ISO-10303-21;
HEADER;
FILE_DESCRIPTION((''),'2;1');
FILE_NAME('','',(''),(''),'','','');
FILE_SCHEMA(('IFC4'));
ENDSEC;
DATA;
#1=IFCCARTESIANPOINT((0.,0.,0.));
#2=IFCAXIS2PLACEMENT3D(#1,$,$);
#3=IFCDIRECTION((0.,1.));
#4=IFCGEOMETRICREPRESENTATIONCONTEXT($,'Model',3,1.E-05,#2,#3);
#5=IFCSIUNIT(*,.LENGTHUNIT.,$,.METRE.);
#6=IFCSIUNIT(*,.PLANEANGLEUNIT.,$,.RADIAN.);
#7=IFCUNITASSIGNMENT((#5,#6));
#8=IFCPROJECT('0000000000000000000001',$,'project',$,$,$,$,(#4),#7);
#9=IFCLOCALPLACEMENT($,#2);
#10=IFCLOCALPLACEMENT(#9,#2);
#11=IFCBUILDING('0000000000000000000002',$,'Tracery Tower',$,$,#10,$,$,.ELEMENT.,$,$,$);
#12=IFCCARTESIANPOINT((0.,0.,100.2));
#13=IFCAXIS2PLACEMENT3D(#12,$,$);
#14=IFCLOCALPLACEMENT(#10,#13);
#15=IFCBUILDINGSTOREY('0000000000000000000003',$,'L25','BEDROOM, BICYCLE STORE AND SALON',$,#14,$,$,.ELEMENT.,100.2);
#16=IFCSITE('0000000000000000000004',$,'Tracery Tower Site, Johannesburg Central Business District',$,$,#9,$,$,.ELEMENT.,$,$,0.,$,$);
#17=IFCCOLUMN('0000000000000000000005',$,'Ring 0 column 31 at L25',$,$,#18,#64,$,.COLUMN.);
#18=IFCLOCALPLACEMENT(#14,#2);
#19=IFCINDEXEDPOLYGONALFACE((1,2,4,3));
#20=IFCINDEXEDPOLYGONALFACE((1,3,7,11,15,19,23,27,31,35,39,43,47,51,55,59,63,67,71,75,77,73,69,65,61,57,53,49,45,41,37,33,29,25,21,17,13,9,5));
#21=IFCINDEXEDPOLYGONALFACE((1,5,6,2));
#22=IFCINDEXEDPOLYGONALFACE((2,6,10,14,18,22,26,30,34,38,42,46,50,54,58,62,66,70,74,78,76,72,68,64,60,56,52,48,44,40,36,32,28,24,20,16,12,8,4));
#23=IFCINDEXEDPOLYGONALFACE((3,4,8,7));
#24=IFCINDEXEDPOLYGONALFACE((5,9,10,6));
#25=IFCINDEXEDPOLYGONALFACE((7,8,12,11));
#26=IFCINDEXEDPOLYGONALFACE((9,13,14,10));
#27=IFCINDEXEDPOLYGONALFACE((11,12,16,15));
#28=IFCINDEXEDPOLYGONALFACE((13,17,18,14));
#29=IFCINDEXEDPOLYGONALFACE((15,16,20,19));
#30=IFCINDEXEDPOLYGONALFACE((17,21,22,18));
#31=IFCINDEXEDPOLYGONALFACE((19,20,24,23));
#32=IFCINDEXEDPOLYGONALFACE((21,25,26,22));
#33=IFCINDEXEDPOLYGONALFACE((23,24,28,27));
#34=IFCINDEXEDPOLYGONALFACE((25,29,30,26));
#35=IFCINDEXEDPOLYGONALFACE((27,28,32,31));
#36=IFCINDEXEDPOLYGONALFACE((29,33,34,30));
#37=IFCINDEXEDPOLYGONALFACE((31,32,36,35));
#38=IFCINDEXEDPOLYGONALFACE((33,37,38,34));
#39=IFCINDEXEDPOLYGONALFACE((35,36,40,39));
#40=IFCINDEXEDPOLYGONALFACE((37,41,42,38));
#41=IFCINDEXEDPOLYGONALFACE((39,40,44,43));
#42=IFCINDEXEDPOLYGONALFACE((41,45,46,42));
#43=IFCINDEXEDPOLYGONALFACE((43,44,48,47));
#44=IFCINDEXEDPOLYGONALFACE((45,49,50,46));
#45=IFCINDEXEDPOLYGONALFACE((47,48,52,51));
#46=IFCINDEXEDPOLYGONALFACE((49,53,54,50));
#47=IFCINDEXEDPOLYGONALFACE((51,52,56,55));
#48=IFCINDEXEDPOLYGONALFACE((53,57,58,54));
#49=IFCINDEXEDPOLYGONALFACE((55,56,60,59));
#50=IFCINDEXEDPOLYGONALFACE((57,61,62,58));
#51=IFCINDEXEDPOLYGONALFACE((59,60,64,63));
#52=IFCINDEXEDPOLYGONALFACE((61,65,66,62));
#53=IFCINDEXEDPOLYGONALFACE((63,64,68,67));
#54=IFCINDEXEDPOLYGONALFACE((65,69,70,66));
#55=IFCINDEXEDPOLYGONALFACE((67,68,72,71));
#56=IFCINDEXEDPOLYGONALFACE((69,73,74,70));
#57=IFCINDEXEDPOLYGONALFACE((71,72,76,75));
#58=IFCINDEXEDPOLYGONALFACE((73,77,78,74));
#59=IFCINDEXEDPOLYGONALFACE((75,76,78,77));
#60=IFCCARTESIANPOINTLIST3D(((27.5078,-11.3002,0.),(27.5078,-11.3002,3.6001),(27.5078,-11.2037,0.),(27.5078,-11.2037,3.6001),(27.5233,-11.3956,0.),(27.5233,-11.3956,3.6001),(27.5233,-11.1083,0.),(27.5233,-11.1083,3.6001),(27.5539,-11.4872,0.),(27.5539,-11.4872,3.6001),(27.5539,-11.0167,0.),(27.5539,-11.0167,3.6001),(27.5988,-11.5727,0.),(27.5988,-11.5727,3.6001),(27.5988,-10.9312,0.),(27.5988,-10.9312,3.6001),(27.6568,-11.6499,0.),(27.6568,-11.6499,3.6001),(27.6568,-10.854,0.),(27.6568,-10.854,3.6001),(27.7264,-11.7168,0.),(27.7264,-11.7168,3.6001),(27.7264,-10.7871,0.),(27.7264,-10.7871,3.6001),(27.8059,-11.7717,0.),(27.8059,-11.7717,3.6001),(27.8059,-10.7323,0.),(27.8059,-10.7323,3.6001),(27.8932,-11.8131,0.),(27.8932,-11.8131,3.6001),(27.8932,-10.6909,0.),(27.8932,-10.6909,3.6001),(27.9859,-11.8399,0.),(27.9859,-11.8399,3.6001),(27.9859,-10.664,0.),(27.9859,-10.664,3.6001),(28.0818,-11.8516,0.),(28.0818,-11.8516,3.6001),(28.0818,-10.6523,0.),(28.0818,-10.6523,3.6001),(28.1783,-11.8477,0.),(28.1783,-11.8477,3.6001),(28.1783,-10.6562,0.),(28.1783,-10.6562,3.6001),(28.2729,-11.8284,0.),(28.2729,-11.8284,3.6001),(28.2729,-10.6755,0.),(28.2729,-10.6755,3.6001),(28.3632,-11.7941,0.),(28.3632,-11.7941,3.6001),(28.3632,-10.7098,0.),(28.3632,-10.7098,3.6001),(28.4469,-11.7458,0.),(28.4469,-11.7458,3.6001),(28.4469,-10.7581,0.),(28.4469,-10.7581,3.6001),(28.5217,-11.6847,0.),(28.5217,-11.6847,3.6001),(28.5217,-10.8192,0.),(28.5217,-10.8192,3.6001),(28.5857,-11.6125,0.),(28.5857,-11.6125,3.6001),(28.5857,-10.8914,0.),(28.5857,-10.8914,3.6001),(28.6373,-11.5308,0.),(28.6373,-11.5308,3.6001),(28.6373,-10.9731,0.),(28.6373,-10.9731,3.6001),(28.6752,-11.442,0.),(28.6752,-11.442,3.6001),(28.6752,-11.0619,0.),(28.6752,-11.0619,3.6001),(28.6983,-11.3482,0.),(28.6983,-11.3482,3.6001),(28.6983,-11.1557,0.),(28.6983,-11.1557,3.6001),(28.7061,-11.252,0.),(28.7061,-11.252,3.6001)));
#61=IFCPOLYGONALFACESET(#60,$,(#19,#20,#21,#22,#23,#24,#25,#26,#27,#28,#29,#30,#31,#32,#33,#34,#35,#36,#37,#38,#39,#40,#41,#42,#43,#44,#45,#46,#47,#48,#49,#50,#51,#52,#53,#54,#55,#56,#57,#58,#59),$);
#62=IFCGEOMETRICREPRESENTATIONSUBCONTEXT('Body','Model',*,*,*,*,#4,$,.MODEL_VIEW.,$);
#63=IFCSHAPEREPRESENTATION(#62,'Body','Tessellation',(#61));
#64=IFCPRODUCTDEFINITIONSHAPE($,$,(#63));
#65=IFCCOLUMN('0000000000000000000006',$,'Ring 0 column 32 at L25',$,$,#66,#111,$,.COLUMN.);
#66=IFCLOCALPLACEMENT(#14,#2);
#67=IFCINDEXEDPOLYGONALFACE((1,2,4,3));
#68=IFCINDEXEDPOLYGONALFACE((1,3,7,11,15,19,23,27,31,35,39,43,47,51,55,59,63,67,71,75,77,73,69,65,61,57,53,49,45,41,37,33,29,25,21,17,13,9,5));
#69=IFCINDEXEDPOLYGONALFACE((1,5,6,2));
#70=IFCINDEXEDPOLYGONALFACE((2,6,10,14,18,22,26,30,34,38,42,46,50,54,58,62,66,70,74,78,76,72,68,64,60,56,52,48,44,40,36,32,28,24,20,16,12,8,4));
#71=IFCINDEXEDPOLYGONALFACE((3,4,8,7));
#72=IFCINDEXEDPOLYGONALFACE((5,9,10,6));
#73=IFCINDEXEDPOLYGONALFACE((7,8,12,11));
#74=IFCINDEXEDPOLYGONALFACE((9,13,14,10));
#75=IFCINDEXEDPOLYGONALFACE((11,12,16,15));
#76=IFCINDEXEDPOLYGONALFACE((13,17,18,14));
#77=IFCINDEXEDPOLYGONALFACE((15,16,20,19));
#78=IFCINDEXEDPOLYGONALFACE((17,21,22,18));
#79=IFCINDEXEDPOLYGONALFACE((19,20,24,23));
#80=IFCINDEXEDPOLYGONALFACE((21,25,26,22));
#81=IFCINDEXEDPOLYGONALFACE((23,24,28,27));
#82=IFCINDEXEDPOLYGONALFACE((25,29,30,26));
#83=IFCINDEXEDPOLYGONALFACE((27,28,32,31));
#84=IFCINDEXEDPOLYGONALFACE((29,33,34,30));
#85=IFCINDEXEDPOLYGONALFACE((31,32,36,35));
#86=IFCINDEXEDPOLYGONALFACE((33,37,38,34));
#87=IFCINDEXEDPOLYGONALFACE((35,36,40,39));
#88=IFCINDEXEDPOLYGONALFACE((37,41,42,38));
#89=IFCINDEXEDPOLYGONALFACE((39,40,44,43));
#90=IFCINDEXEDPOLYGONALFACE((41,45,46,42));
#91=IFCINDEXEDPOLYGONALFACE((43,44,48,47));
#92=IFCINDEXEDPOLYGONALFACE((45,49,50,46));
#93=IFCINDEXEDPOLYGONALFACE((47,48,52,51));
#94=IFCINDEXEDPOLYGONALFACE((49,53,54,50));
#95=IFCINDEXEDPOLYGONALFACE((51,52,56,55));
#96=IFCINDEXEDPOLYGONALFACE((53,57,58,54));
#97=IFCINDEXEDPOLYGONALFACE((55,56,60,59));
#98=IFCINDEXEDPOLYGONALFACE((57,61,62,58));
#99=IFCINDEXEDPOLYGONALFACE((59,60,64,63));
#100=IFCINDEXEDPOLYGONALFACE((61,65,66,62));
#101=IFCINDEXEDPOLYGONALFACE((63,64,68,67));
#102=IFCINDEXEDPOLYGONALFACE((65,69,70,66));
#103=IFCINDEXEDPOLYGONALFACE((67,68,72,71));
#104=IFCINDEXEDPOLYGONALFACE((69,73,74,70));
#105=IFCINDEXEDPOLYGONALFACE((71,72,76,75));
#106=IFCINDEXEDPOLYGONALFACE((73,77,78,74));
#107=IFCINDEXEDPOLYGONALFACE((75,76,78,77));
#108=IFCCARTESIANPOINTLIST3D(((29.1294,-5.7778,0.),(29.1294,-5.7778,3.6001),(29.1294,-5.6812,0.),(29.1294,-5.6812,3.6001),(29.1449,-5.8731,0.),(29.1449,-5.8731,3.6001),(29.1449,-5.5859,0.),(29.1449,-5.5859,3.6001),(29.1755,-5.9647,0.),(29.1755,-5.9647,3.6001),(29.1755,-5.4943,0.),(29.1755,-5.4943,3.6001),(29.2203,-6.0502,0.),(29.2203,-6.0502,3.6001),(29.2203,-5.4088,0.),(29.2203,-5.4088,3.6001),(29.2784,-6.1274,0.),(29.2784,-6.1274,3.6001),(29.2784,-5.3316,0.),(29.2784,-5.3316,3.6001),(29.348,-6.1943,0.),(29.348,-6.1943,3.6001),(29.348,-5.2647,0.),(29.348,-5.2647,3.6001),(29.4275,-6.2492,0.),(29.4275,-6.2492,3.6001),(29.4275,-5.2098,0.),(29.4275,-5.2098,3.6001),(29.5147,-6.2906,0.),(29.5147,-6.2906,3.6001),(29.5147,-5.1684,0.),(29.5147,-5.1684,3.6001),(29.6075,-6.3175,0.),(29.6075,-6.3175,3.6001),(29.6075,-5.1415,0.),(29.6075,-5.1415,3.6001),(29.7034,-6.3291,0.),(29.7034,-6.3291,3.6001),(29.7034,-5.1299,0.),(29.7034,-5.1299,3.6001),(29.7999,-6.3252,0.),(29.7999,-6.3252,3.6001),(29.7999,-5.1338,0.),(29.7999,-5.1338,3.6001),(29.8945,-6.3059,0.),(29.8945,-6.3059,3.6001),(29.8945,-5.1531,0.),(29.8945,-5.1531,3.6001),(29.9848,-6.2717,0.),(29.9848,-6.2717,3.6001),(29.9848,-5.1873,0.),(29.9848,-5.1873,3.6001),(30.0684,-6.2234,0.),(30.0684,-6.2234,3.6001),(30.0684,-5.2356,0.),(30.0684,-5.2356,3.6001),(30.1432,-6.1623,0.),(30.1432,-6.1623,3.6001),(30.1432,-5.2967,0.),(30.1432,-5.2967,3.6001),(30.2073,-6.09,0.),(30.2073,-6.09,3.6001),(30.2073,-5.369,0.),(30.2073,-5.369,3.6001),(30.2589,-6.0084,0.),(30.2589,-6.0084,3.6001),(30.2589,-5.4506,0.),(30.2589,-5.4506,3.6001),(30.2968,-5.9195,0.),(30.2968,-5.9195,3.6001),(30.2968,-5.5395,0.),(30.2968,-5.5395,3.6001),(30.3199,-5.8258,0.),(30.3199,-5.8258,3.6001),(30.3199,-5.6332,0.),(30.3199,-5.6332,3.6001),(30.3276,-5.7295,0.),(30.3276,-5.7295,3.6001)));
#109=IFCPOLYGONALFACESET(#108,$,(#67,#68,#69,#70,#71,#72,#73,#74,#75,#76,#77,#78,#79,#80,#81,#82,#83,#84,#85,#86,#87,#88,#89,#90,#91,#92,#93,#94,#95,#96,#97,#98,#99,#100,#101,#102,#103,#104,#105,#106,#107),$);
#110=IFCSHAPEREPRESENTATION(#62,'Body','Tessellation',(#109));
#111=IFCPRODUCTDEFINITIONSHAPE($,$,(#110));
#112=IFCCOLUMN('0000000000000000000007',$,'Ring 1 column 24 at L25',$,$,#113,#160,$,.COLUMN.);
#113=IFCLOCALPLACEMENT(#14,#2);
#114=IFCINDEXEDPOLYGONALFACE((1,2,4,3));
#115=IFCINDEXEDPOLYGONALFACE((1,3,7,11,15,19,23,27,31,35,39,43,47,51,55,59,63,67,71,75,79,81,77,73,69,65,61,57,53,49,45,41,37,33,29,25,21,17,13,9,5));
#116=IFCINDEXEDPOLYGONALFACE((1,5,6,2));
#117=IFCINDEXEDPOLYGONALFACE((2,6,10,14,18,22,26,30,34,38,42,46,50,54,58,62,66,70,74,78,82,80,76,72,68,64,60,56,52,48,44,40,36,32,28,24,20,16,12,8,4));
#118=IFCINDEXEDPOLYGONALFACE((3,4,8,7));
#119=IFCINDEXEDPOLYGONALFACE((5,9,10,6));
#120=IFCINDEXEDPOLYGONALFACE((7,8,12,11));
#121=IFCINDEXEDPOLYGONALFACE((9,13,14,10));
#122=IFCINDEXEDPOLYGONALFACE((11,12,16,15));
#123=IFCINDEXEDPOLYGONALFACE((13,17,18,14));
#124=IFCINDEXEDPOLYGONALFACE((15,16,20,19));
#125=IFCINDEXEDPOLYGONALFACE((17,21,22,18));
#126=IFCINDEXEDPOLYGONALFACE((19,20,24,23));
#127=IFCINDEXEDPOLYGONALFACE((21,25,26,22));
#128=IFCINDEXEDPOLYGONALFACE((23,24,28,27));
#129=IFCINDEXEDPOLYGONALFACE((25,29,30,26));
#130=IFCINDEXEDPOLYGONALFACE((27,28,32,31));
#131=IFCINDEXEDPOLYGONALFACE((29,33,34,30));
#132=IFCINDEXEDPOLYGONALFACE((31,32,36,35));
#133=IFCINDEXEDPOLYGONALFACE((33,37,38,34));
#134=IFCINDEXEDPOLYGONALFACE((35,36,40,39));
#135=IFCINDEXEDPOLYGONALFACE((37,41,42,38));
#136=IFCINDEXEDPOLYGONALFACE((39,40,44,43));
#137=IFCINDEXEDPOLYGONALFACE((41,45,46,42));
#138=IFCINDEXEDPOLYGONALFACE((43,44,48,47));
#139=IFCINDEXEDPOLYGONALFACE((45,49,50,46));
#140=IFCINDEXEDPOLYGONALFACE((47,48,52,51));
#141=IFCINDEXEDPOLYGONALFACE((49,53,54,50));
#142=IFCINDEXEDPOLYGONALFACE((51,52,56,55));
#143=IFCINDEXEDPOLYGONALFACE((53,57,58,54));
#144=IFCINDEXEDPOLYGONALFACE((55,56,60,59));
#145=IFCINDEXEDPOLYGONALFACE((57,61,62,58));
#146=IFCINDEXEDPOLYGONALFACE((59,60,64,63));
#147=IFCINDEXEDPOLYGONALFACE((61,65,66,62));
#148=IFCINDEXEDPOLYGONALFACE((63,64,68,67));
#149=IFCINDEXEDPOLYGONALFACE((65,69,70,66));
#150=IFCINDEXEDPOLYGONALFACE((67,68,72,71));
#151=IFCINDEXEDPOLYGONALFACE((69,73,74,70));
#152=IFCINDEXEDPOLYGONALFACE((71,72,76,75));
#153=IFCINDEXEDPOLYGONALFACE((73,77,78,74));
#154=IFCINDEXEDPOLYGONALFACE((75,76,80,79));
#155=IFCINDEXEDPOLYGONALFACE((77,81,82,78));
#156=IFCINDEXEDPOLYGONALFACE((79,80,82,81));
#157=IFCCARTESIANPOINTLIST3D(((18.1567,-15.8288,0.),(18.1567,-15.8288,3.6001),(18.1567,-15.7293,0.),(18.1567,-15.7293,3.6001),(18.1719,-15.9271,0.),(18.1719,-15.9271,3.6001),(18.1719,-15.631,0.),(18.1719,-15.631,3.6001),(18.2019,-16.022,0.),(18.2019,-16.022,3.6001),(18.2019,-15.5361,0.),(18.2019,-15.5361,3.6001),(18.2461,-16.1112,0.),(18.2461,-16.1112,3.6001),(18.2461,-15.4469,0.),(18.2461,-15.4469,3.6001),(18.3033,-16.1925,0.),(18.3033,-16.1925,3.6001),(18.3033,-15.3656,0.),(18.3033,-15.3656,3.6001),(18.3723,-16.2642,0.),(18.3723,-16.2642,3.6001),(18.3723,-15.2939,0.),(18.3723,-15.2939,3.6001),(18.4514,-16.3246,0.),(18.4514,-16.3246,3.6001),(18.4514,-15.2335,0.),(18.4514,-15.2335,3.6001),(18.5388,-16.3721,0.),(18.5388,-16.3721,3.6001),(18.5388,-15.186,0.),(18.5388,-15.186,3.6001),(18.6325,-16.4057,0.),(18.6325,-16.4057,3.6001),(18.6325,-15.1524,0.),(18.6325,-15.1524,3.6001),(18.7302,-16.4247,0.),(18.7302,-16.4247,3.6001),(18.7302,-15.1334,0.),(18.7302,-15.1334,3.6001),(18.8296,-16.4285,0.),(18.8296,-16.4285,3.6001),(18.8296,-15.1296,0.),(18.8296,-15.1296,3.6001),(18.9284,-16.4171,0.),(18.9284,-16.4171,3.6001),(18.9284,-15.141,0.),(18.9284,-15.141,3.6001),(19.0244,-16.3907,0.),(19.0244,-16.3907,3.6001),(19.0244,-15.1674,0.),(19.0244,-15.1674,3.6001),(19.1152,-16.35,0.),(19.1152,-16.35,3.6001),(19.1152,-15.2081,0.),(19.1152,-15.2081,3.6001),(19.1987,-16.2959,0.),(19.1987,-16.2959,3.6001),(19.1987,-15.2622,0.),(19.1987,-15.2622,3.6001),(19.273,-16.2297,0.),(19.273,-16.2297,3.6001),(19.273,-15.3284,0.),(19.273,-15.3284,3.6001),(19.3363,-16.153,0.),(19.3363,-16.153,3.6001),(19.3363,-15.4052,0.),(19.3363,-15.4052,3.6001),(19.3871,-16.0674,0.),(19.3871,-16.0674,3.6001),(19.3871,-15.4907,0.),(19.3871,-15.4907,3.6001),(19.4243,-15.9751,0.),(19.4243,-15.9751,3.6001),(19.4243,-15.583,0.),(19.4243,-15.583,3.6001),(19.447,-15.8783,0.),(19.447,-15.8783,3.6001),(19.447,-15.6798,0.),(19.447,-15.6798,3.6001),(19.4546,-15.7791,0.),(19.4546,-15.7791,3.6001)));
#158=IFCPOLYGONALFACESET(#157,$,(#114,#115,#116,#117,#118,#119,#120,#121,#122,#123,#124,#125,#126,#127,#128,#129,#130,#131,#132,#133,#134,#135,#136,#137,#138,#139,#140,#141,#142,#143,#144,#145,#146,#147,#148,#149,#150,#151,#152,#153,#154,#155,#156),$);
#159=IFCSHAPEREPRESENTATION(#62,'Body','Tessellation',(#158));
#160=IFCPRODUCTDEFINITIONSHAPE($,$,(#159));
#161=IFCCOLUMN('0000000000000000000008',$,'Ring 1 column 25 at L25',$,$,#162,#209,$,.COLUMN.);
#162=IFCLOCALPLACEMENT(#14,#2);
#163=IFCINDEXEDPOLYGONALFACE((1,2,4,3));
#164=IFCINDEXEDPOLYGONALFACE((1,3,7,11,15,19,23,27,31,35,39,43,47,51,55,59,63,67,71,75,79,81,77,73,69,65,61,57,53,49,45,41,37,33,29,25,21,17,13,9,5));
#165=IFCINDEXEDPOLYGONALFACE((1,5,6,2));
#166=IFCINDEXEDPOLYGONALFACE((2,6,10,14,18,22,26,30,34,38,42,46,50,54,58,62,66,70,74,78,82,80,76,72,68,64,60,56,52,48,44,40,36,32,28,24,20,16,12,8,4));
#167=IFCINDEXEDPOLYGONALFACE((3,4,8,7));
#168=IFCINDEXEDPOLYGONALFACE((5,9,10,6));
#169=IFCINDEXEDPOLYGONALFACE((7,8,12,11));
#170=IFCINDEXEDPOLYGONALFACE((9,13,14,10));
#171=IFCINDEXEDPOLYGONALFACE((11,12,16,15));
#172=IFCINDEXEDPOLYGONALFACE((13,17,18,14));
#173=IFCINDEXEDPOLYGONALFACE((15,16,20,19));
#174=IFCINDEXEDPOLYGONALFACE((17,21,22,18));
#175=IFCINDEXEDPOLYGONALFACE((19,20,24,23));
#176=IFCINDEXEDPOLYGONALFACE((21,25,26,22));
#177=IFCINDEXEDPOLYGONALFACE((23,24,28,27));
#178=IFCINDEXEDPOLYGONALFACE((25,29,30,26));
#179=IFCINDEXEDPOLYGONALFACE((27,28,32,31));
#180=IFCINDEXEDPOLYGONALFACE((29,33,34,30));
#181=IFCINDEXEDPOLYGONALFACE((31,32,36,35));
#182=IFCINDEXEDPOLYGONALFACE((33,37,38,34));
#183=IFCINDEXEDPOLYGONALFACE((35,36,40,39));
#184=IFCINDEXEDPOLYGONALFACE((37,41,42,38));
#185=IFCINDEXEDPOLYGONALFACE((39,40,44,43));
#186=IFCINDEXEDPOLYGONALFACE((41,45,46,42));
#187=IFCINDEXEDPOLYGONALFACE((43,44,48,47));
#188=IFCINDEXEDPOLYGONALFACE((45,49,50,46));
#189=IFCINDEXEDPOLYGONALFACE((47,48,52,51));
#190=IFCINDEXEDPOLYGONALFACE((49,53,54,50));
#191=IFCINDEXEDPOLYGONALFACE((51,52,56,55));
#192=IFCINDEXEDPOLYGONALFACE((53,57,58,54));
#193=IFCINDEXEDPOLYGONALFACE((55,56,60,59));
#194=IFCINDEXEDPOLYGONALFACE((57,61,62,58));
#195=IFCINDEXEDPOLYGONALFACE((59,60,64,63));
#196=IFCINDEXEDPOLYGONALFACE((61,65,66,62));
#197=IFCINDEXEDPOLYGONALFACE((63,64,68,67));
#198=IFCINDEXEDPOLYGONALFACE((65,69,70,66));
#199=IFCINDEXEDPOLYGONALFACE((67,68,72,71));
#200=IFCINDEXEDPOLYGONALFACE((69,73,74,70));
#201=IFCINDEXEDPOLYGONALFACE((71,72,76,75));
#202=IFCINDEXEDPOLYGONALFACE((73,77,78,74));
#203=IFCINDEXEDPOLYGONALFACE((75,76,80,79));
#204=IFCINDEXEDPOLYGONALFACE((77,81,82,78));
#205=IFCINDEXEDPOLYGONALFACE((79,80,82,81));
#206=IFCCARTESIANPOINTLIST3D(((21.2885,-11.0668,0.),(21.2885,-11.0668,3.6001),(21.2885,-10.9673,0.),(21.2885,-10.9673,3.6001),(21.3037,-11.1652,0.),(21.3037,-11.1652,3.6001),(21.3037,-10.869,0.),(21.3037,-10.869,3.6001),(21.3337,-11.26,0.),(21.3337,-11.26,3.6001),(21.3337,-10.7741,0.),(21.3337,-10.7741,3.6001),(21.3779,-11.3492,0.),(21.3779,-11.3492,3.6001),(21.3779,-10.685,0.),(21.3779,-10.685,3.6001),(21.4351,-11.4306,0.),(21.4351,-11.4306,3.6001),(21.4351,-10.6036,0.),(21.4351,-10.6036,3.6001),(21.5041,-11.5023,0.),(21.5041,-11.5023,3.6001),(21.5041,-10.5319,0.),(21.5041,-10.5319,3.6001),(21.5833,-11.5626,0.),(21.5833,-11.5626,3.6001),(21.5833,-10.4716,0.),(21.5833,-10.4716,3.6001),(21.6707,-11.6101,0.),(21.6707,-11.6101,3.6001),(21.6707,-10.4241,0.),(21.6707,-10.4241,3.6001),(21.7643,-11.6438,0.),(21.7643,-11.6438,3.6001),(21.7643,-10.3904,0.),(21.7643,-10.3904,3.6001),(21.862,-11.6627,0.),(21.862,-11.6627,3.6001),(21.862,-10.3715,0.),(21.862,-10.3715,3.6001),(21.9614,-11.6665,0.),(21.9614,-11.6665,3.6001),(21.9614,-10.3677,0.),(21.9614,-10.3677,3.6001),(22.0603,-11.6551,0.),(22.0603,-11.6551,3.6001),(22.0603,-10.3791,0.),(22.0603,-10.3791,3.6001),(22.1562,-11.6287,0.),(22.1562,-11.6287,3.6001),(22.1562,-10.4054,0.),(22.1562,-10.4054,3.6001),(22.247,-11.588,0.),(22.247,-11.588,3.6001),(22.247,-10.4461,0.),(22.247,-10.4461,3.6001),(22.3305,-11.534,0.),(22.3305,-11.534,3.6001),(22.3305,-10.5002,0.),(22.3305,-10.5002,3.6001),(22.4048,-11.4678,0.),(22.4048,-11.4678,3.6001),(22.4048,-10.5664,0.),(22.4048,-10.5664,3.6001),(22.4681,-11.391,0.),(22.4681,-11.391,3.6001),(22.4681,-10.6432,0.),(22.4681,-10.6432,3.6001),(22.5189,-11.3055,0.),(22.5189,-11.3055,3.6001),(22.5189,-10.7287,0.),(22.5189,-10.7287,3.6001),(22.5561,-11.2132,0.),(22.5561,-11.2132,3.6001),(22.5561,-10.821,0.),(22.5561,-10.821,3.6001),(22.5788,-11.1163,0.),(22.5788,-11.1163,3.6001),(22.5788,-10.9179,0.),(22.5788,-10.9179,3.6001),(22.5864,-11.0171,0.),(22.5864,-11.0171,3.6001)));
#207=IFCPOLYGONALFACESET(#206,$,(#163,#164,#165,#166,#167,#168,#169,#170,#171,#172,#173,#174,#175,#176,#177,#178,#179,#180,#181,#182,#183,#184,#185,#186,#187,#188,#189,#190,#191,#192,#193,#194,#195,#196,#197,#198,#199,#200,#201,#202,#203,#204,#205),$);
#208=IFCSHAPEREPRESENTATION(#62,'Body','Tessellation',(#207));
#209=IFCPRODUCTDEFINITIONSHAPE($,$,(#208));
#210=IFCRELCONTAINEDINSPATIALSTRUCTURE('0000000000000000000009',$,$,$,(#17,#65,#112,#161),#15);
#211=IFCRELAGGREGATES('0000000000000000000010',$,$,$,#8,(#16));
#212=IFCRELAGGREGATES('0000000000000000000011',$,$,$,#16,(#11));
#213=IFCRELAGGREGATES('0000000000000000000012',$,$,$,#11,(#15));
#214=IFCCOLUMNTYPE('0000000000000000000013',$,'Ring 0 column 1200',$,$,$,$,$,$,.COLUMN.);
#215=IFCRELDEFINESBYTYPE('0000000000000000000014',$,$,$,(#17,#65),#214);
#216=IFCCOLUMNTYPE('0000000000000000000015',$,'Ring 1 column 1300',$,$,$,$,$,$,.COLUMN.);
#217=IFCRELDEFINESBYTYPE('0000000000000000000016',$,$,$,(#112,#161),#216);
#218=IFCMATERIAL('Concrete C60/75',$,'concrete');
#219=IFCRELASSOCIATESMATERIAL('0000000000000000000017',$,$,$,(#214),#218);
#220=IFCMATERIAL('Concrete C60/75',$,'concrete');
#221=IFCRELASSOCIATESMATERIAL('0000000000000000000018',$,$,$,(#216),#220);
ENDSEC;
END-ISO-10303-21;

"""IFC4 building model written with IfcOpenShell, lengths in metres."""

from ifc_helpers import new_model, si_unit, direction, frame, origin, origin_2d, place, context, subcontext, project, spatial, circle, extrude, material, material_profile, profile_set, type_object, element, save


model = new_model("IFC4")

# Units and contexts
model_context = context("Model", 3, precision=1e-05, world=origin(), true_north=direction((0.0, 1.0)))
body_context = subcontext(model_context, "Body", "Model", "MODEL_VIEW")
ifc_project = project(units=[si_unit("LENGTHUNIT", "METRE"), si_unit("PLANEANGLEUNIT", "RADIAN")], contexts=[model_context])

# Site, building, storey
site_placement = place(None, origin())
site = spatial("IfcSite", under=ifc_project, at=site_placement, Name="Tracery Tower Site, Johannesburg Central Business District", CompositionType="ELEMENT", RefElevation=0.0)
building_placement = place(site_placement, origin())
building = spatial("IfcBuilding", under=site, at=building_placement, Name="Tracery Tower", CompositionType="ELEMENT")
storey_placement = place(building_placement, frame((0.0, 0.0, 100.2)))
storey = spatial("IfcBuildingStorey", under=building, at=storey_placement, Name="L25", Description="BEDROOM, BICYCLE STORE AND SALON", CompositionType="ELEMENT", Elevation=100.2)

# Columns
ifc_material_1 = material(Name="Concrete C60/75", Category="concrete")
ifc_material_profile_1 = material_profile(ifc_material_1, circle(Radius=0.6001, at=origin_2d()), Name="RC D1200")
ifc_profile_set_1 = profile_set([ifc_material_profile_1], Name="Concrete C60/75")
column_type_1 = type_object("IfcColumnType", Name="Ring 0 column 1200", PredefinedType="COLUMN", material=ifc_profile_set_1)
for number, where, z_axis, x_axis, name in (
    (1, (28.106, -11.252, 0.0), (0.0, 0.0, 1.0), (1.0, 0.0, 0.0), "Ring 0 column 31 at L25"),
    (2, (29.7275, -5.7295, 0.0), (0.0, 0.0, 1.0), (1.0, 0.0, 0.0), "Ring 0 column 32 at L25"),
):
    element("IfcColumn", number, at=place(storey_placement, frame(where, z_axis=z_axis, x_axis=x_axis)), inside=storey, type_object=column_type_1, Name=name, PredefinedType="COLUMN", context=body_context, shape_type="SweptSolid", body=[
        extrude(circle(Radius=0.6001, at=origin_2d()), origin(), (0.0, 0.0, 1.0), 3.6001),
    ])
ifc_material_2 = material(Name="Concrete C60/75", Category="concrete")
ifc_material_profile_2 = material_profile(ifc_material_2, circle(Radius=0.6499, at=origin_2d()), Name="RC D1300")
ifc_profile_set_2 = profile_set([ifc_material_profile_2], Name="Concrete C60/75")
column_type_2 = type_object("IfcColumnType", Name="Ring 1 column 1300", PredefinedType="COLUMN", material=ifc_profile_set_2)
for number, where, z_axis, x_axis, name in (
    (3, (18.8047, -15.7791, 0.0), (0.0, 0.0, 1.0), (1.0, 0.0, 0.0), "Ring 1 column 24 at L25"),
    (4, (21.9365, -11.0171, 0.0), (0.0, 0.0, 1.0), (1.0, 0.0, 0.0), "Ring 1 column 25 at L25"),
):
    element("IfcColumn", number, at=place(storey_placement, frame(where, z_axis=z_axis, x_axis=x_axis)), inside=storey, type_object=column_type_2, Name=name, PredefinedType="COLUMN", context=body_context, shape_type="SweptSolid", body=[
        extrude(circle(Radius=0.6499, at=origin_2d()), origin(), (0.0, 0.0, 1.0), 3.6001),
    ])

save(model, "model.ifc")
